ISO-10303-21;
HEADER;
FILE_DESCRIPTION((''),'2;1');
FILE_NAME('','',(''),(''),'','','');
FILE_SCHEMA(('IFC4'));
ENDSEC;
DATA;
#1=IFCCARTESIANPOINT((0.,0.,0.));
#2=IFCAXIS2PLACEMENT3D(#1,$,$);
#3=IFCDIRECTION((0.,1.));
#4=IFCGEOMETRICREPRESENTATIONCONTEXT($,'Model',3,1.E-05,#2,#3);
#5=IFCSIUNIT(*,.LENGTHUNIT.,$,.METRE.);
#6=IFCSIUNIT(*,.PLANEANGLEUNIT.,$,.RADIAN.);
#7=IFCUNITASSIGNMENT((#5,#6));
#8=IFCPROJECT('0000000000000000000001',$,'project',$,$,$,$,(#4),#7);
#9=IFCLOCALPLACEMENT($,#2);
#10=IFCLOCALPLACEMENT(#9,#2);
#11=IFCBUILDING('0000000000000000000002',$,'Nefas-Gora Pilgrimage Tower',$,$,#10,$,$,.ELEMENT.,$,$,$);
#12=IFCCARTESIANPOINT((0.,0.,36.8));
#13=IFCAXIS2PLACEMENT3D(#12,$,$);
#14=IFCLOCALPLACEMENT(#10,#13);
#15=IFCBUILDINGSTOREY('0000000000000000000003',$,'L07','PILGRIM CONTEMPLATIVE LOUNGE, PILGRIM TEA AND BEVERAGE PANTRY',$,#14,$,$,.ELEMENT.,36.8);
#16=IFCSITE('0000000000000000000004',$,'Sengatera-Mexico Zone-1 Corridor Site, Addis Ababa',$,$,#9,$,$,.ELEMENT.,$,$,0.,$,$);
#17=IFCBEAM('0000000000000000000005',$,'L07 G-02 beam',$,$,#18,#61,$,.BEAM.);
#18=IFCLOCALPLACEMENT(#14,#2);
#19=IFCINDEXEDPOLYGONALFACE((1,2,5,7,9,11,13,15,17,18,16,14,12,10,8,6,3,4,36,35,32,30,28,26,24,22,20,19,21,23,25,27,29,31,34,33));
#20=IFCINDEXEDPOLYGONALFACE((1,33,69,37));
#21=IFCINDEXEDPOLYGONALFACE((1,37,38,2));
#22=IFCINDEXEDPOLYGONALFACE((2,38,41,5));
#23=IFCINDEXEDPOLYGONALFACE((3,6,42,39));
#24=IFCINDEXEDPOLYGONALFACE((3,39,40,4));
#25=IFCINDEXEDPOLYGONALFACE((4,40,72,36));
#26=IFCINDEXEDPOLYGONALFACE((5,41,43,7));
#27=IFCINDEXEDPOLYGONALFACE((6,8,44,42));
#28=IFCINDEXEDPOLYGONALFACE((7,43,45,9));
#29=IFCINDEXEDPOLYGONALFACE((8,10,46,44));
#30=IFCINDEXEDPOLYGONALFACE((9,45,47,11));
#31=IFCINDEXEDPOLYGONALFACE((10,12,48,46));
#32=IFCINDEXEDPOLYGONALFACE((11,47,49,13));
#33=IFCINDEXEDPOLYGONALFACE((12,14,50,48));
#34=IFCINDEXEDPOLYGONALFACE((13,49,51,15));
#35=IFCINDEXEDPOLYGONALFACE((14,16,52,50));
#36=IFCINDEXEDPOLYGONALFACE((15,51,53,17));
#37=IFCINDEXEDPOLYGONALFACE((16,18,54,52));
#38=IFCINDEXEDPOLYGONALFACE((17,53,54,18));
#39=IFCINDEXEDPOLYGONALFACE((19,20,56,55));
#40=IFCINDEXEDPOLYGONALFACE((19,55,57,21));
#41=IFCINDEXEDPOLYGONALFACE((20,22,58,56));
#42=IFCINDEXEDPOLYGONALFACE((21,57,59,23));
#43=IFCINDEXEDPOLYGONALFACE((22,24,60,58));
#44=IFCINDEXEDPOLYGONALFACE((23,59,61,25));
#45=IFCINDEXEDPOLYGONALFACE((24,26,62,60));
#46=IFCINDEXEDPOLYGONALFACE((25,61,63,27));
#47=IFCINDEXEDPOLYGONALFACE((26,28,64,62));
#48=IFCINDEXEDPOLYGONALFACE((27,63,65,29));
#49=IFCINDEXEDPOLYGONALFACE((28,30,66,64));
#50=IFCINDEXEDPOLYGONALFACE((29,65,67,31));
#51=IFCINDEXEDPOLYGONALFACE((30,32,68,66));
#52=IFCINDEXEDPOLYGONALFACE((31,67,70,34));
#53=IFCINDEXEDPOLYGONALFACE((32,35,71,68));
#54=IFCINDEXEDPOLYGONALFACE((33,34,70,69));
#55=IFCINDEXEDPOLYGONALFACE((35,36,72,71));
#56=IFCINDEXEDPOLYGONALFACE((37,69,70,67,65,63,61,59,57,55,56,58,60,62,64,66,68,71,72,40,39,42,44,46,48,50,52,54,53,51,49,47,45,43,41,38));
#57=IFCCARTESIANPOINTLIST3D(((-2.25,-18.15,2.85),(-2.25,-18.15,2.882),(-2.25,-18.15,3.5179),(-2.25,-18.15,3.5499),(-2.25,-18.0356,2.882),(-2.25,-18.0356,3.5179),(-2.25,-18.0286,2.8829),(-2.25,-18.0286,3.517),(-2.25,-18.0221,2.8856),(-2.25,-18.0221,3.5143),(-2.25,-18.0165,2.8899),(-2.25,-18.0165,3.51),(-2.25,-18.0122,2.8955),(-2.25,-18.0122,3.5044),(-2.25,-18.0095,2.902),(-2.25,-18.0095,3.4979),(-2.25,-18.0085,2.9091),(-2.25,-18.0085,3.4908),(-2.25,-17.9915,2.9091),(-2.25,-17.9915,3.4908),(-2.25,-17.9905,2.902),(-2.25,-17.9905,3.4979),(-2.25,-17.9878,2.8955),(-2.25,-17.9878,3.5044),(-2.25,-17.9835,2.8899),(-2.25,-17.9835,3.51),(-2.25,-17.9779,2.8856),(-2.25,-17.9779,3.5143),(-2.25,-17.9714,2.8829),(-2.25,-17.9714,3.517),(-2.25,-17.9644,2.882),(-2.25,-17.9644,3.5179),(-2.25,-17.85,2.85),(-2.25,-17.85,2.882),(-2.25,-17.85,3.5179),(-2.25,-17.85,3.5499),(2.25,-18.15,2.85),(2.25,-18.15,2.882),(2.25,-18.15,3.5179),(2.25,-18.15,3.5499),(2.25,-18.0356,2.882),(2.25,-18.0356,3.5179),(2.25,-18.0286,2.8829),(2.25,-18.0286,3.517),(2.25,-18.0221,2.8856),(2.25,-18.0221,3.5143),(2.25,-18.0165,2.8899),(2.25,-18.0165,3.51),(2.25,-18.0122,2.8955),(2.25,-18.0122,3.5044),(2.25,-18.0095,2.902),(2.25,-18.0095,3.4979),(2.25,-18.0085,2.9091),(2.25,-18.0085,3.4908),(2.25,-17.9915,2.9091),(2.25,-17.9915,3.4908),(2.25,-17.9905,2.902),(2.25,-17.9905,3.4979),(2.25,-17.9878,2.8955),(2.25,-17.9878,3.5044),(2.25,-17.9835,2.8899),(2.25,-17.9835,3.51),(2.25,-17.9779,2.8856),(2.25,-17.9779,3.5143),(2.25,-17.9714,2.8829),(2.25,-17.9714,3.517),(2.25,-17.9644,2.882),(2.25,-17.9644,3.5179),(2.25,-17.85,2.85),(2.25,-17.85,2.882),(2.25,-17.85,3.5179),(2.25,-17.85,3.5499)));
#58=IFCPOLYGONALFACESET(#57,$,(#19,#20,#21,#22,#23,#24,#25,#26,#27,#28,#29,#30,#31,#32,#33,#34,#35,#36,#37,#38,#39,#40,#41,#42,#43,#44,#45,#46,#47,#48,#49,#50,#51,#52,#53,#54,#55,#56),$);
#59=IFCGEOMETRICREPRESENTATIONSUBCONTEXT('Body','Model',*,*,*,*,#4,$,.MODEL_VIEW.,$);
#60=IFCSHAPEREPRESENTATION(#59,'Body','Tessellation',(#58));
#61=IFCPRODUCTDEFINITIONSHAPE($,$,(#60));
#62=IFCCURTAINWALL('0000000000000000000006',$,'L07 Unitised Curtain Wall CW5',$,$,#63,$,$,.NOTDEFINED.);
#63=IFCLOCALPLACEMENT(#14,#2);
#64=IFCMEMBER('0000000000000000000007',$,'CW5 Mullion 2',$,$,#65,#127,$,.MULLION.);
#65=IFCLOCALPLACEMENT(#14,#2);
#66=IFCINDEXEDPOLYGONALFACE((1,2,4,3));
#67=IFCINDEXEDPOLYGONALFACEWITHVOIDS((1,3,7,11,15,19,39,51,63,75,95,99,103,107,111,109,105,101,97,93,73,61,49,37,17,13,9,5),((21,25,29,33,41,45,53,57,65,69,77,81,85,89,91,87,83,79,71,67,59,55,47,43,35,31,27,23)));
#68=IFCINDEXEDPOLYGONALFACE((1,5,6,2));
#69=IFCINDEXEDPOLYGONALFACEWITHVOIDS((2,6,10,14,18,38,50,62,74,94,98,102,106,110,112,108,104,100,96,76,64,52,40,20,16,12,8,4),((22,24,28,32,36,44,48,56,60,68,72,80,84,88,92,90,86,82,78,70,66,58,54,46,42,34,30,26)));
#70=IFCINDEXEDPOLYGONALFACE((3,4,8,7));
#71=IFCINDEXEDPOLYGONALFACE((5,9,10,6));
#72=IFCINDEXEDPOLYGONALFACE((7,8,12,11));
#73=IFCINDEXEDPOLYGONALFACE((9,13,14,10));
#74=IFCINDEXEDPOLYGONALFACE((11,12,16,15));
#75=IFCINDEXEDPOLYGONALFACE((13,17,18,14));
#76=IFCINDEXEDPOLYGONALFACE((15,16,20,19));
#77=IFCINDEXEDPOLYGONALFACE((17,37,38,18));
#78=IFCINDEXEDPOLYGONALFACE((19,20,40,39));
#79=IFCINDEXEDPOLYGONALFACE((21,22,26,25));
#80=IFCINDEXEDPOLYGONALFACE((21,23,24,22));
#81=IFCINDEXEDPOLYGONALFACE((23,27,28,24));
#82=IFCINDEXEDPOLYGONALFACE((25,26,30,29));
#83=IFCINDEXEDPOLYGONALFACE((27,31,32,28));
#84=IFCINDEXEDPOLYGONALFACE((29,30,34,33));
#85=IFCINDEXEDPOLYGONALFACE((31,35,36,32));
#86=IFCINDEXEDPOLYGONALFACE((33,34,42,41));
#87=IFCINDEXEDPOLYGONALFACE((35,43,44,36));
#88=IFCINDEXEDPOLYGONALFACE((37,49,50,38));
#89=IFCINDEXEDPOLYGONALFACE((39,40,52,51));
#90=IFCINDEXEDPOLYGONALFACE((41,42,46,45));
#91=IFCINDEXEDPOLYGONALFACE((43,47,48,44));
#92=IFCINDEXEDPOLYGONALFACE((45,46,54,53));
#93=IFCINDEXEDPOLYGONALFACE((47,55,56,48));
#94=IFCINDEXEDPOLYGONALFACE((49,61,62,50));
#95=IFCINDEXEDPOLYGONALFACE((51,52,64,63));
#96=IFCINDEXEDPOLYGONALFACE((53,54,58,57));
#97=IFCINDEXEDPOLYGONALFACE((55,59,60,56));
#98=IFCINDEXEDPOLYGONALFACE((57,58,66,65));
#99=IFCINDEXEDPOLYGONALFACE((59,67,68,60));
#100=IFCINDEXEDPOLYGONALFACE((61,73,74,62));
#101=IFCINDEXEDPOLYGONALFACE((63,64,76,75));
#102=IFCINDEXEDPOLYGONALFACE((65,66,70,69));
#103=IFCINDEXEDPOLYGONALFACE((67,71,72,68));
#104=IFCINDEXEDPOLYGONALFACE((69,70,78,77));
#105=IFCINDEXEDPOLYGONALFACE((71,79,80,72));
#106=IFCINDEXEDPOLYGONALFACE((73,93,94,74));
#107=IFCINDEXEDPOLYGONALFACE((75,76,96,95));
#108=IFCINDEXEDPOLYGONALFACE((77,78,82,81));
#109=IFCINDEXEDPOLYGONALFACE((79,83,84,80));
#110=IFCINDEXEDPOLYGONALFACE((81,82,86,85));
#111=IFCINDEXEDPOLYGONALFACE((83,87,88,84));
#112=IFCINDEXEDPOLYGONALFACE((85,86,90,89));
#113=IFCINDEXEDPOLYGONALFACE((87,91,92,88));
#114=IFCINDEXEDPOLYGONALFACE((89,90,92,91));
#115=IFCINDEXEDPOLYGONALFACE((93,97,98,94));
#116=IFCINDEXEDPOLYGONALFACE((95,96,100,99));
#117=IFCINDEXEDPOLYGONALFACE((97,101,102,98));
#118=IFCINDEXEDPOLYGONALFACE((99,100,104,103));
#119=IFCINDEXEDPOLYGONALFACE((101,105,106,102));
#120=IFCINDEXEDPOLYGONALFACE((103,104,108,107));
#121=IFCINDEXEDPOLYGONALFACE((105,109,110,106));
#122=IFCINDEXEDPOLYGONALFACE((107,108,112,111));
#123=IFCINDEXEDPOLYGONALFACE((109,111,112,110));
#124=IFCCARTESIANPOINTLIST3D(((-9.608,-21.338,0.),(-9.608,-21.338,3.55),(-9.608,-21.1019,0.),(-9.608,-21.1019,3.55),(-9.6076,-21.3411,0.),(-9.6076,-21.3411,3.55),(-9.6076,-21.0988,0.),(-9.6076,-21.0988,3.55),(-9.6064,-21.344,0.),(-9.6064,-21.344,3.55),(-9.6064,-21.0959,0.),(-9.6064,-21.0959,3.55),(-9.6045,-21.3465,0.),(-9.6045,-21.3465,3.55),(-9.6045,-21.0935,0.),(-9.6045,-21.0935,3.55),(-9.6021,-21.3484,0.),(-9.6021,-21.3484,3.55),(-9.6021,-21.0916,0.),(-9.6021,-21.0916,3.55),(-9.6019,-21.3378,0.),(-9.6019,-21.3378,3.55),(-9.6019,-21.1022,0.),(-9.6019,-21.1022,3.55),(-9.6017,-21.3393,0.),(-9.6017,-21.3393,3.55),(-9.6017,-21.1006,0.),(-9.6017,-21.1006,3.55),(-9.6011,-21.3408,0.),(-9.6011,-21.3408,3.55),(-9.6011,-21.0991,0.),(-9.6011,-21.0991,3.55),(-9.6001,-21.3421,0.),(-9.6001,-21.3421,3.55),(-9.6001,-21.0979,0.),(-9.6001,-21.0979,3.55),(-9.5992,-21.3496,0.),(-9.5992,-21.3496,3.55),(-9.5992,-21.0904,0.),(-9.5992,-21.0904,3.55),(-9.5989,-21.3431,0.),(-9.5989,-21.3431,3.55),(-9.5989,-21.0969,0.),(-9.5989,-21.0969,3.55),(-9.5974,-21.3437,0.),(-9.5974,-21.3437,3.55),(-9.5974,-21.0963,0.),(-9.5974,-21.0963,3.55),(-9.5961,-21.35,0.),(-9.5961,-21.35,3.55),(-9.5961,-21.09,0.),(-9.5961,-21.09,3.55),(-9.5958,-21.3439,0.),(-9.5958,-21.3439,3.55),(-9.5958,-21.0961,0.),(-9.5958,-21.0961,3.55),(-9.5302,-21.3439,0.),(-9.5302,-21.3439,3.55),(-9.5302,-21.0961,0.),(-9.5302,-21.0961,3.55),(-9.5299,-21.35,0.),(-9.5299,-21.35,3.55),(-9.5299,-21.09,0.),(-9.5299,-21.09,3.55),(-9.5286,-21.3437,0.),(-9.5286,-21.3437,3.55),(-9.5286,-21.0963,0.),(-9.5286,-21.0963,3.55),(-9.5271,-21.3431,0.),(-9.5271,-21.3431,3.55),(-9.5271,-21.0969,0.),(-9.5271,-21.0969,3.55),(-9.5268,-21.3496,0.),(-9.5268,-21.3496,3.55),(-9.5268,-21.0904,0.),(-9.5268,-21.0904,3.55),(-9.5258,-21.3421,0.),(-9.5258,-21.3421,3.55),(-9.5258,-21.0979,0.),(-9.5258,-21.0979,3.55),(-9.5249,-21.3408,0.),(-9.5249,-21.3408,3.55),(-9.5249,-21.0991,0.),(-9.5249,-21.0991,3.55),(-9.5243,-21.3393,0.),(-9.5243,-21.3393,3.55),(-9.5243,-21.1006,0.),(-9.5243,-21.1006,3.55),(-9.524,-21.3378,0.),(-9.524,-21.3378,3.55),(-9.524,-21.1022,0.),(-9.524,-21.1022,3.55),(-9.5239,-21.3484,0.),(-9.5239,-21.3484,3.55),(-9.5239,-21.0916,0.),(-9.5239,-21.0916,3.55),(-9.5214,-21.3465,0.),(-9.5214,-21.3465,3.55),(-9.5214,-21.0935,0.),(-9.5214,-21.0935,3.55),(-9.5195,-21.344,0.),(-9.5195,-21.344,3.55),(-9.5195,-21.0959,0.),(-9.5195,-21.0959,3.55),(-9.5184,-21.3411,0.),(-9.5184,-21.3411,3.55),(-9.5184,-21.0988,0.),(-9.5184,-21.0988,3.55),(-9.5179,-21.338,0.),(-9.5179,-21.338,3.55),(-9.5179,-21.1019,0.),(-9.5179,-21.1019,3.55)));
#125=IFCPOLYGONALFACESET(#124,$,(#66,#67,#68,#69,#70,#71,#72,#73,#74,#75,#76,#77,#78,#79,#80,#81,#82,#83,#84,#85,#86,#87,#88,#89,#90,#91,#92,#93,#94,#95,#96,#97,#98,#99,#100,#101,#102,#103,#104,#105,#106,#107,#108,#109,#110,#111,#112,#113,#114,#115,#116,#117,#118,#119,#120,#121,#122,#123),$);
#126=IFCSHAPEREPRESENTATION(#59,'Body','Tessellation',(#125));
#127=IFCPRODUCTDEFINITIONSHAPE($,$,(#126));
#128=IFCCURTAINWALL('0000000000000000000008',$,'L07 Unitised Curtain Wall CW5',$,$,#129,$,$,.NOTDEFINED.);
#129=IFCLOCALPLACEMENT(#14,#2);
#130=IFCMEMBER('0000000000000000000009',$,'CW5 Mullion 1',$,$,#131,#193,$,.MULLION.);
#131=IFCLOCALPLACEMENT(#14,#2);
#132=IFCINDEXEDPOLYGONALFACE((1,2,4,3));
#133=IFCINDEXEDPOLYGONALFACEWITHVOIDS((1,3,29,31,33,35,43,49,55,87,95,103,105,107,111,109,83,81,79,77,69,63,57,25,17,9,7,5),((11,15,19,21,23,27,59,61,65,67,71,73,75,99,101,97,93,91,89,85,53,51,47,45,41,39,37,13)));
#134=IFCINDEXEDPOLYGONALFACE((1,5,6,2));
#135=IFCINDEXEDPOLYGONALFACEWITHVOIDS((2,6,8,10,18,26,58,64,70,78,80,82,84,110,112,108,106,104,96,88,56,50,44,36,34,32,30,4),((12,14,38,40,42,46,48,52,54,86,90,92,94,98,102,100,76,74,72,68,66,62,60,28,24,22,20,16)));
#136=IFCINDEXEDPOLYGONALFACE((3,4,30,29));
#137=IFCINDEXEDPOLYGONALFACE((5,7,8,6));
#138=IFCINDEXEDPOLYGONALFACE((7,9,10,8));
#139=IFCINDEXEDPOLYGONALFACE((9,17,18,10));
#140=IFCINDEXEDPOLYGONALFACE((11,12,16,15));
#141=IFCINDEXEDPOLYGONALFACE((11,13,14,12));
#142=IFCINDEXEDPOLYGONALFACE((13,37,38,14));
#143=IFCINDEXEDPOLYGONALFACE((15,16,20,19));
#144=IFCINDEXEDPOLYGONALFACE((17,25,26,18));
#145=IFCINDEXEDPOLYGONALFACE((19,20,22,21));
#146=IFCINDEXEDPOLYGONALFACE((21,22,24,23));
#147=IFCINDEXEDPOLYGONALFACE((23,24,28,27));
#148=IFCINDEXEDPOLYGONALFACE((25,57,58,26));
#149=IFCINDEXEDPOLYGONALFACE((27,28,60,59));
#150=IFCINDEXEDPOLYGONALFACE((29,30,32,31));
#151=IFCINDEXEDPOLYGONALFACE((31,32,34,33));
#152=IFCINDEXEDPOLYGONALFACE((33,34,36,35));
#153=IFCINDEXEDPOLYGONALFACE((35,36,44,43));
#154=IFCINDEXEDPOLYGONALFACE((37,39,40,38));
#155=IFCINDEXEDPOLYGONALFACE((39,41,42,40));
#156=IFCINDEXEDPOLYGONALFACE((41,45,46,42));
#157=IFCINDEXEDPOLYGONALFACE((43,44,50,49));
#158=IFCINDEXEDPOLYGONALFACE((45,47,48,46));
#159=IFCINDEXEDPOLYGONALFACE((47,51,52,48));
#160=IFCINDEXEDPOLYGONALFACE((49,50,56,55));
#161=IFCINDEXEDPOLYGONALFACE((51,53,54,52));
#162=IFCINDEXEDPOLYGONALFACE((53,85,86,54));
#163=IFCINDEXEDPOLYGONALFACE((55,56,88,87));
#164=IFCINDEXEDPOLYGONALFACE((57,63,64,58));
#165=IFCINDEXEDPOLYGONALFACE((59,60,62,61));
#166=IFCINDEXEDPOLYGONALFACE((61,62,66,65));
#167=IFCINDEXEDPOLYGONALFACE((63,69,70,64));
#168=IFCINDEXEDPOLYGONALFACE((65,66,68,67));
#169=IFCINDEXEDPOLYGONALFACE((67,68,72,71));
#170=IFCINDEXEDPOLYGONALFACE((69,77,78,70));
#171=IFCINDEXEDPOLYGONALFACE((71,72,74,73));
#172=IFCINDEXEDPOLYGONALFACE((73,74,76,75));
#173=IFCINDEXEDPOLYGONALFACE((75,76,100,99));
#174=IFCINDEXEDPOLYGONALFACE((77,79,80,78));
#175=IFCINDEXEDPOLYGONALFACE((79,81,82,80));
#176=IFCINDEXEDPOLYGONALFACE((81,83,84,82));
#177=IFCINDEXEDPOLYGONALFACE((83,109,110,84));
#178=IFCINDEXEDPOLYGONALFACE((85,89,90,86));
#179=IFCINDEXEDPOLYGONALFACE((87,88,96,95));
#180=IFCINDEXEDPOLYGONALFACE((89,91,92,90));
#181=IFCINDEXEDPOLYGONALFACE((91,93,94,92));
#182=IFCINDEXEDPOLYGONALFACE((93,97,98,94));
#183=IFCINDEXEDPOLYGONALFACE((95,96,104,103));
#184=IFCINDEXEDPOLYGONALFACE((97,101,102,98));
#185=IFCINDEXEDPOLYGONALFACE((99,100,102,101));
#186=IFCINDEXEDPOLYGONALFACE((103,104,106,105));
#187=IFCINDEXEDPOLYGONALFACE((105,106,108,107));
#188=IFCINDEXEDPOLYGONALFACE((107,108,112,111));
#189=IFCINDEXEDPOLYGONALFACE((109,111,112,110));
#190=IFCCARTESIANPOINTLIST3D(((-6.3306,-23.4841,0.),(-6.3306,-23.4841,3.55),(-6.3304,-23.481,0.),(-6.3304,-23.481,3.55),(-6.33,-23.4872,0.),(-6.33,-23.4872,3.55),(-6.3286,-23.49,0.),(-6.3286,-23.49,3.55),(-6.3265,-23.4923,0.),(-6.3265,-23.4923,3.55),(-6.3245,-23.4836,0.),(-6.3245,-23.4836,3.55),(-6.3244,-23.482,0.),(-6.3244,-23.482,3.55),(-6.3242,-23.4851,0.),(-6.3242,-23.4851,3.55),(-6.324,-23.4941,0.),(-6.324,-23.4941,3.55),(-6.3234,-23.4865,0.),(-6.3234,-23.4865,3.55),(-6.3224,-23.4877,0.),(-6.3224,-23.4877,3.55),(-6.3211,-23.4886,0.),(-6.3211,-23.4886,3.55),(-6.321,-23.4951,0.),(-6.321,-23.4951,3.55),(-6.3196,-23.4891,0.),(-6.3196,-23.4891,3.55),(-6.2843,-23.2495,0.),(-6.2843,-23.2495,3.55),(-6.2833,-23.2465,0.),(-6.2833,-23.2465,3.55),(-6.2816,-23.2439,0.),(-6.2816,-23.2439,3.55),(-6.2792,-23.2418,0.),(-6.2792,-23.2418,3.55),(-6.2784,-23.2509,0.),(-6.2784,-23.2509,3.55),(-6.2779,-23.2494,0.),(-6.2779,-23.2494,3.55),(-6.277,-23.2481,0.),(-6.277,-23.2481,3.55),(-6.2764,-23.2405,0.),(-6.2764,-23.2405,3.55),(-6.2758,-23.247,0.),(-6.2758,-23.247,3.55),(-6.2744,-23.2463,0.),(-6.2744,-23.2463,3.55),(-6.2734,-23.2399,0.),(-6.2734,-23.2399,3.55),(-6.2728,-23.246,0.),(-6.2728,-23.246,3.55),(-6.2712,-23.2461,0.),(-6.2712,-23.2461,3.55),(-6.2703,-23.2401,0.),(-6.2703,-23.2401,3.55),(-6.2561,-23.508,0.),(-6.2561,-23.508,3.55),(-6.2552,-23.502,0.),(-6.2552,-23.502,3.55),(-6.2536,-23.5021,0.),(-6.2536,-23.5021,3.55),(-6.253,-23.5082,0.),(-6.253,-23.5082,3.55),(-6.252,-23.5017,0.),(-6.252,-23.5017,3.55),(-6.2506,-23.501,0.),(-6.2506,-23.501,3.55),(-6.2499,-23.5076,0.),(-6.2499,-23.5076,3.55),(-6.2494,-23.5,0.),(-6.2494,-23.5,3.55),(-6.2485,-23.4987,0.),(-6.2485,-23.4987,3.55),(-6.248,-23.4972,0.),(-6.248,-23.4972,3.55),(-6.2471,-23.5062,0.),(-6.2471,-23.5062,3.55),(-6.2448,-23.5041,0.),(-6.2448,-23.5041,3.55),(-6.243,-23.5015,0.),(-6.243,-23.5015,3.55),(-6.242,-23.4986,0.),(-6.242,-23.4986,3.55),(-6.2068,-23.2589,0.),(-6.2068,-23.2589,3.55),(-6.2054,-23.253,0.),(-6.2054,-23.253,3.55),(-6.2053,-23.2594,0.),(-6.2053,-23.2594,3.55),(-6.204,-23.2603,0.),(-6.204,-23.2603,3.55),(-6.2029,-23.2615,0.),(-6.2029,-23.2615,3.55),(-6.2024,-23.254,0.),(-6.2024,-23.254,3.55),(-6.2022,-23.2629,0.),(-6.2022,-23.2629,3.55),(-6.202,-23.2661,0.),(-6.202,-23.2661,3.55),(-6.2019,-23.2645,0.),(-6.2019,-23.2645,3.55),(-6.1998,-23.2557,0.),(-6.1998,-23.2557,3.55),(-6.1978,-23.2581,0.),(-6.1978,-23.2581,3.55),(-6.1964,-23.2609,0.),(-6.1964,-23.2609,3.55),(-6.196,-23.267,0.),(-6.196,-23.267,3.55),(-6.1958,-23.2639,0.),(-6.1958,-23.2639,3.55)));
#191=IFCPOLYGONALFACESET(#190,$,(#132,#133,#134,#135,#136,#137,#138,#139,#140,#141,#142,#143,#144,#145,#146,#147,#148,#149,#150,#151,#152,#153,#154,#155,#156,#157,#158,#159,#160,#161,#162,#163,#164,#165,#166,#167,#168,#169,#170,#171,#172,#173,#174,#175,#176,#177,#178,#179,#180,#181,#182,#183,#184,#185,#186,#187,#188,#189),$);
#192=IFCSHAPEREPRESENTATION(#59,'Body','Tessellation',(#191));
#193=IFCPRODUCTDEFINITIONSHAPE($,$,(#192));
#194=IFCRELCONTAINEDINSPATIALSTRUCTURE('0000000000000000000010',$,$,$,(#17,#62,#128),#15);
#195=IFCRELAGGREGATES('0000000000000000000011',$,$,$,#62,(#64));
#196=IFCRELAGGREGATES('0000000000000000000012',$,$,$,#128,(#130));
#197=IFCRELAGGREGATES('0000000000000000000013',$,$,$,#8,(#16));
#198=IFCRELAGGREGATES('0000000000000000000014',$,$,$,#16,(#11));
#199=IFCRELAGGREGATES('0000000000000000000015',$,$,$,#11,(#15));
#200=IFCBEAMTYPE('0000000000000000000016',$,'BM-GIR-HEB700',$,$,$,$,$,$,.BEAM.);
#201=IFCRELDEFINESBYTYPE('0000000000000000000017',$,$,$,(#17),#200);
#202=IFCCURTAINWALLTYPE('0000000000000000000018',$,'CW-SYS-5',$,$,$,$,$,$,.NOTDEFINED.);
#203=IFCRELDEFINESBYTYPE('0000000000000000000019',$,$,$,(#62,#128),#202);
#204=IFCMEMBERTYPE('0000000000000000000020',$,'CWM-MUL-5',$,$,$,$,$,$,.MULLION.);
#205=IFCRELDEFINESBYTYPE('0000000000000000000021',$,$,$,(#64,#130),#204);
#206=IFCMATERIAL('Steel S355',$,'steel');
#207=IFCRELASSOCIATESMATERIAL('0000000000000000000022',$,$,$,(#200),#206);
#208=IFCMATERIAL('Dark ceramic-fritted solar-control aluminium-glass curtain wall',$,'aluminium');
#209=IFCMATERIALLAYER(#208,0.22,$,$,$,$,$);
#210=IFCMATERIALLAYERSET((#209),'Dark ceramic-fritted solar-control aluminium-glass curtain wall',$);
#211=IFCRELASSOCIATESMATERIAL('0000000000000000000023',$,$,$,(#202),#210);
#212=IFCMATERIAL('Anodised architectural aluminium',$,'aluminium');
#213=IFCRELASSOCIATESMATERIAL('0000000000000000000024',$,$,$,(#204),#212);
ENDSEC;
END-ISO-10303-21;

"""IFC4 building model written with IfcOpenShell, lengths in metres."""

from ifc_helpers import new_model, si_unit, direction, frame, origin, origin_2d, place, context, subcontext, project, spatial, hollow_rectangle, i_section, extrude, source, transform, mapped, material, layer, layer_set, material_profile, profile_set, type_object, element, aggregate, save


model = new_model("IFC4")

# Units and contexts
model_context = context("Model", 3, precision=1e-05, world=origin(), true_north=direction((0.0, 1.0)))
body_context = subcontext(model_context, "Body", "Model", "MODEL_VIEW")
ifc_project = project(units=[si_unit("LENGTHUNIT", "METRE"), si_unit("PLANEANGLEUNIT", "RADIAN")], contexts=[model_context])

# Site, building, storey
site_placement = place(None, origin())
site = spatial("IfcSite", under=ifc_project, at=site_placement, Name="Sengatera-Mexico Zone-1 Corridor Site, Addis Ababa", CompositionType="ELEMENT", RefElevation=0.0)
building_placement = place(site_placement, origin())
building = spatial("IfcBuilding", under=site, at=building_placement, Name="Nefas-Gora Pilgrimage Tower", CompositionType="ELEMENT")
storey_placement = place(building_placement, frame((0.0, 0.0, 36.8)))
storey = spatial("IfcBuildingStorey", under=building, at=storey_placement, Name="L07", Description="PILGRIM CONTEMPLATIVE LOUNGE, PILGRIM TEA AND BEVERAGE PANTRY", CompositionType="ELEMENT", Elevation=36.8)

# Beam
ifc_material_1 = material(Name="Steel S355", Category="steel")
ifc_material_profile_1 = material_profile(ifc_material_1, i_section(OverallWidth=0.3, OverallDepth=0.7, WebThickness=0.0171, FlangeThickness=0.032, FilletRadius=0.0271, at=origin_2d()), Name="HEB 700")
ifc_profile_set_1 = profile_set([ifc_material_profile_1], Name="Steel S355")
beam_type = type_object("IfcBeamType", Name="BM-GIR-HEB700", PredefinedType="BEAM", material=ifc_profile_set_1)
shared_shape_1 = source(origin(), body_context, "Body", "SweptSolid", [
    extrude(i_section(OverallWidth=0.3, OverallDepth=0.7, WebThickness=0.0171, FlangeThickness=0.032, FilletRadius=0.0271, at=origin_2d()), origin(), (0.0, 0.0, 1.0), 4.5),
])
for number, where, z_axis, x_axis, name in (
    (1, (-2.25, -18.0, 3.2), (1.0, 0.0, 0.0), (0.0, 1.0, 0.0), "L07 G-02 beam"),
):
    element("IfcBeam", number, at=place(storey_placement, frame(where, z_axis=z_axis, x_axis=x_axis)), inside=storey, type_object=beam_type, Name=name, PredefinedType="BEAM", context=body_context, shape_type="MappedRepresentation", body=[
        mapped(shared_shape_1, transform((0.0, 0.0, 0.0), x_axis=(1.0, 0.0, 0.0), y_axis=(0.0, 1.0, 0.0), z_axis=(0.0, 0.0, 1.0), scale=1.0)),
    ])

# Curtain wall, member
ifc_material_2 = material(Name="Dark ceramic-fritted solar-control aluminium-glass curtain wall", Category="aluminium")
ifc_layer_1 = layer(ifc_material_2, 0.22)
ifc_layer_set_1 = layer_set([ifc_layer_1], Name="Dark ceramic-fritted solar-control aluminium-glass curtain wall")
curtain_wall_type = type_object("IfcCurtainWallType", Name="CW-SYS-5", PredefinedType="NOTDEFINED", material=ifc_layer_set_1)
curtain_wall_1_placement = place(storey_placement, origin())
curtain_wall_1 = element("IfcCurtainWall", 2, at=curtain_wall_1_placement, inside=storey, type_object=curtain_wall_type, Name="L07 Unitised Curtain Wall CW5", PredefinedType="NOTDEFINED")
ifc_material_3 = material(Name="Anodised architectural aluminium", Category="aluminium")
ifc_material_profile_2 = material_profile(ifc_material_3, hollow_rectangle(XDim=0.0901, YDim=0.26, WallThickness=0.0061, InnerFilletRadius=0.0061, OuterFilletRadius=0.012, at=origin_2d()), Name="ALU MULLION 90x260")
ifc_profile_set_2 = profile_set([ifc_material_profile_2], Name="Anodised architectural aluminium")
member_type_1 = type_object("IfcMemberType", Name="CWM-MUL-5", PredefinedType="MULLION", material=ifc_profile_set_2)
shared_shape_2 = source(origin(), body_context, "Body", "SweptSolid", [
    extrude(hollow_rectangle(XDim=0.0901, YDim=0.26, WallThickness=0.0061, InnerFilletRadius=0.0061, OuterFilletRadius=0.012, at=origin_2d()), origin(), (0.0, 0.0, 1.0), 3.55),
])
member_1_placement = place(storey_placement, frame((-9.563, -21.22, 0.0), z_axis=(0.0, 0.0, 1.0), x_axis=(1.0, 0.0, 0.0)))
member_1 = element("IfcMember", 3, at=member_1_placement, type_object=member_type_1, Name="CW5 Mullion 2", PredefinedType="MULLION", context=body_context, shape_type="MappedRepresentation", body=[
    mapped(shared_shape_2, transform((0.0, 0.0, 0.0), x_axis=(1.0, 0.0, 0.0), y_axis=(0.0, 1.0, 0.0), z_axis=(0.0, 0.0, 1.0), scale=1.0)),
])
aggregate(curtain_wall_1, [member_1])

# Curtain wall, member
curtain_wall_2_placement = place(storey_placement, origin())
curtain_wall_2 = element("IfcCurtainWall", 4, at=curtain_wall_2_placement, inside=storey, type_object=curtain_wall_type, Name="L07 Unitised Curtain Wall CW5", PredefinedType="NOTDEFINED")
member_2_placement = place(storey_placement, frame((-6.2632, -23.374, 0.0), z_axis=(0.0, 0.0, 1.0), x_axis=(0.980783, -0.195102, 0.0)))
member_2 = element("IfcMember", 5, at=member_2_placement, type_object=member_type_1, Name="CW5 Mullion 1", PredefinedType="MULLION", context=body_context, shape_type="MappedRepresentation", body=[
    mapped(shared_shape_2, transform((0.0, 0.0, 0.0), x_axis=(1.0, 0.0, 0.0), y_axis=(0.0, 1.0, 0.0), z_axis=(0.0, 0.0, 1.0), scale=1.0)),
])

aggregate(curtain_wall_2, [member_2])

save(model, "model.ifc")
